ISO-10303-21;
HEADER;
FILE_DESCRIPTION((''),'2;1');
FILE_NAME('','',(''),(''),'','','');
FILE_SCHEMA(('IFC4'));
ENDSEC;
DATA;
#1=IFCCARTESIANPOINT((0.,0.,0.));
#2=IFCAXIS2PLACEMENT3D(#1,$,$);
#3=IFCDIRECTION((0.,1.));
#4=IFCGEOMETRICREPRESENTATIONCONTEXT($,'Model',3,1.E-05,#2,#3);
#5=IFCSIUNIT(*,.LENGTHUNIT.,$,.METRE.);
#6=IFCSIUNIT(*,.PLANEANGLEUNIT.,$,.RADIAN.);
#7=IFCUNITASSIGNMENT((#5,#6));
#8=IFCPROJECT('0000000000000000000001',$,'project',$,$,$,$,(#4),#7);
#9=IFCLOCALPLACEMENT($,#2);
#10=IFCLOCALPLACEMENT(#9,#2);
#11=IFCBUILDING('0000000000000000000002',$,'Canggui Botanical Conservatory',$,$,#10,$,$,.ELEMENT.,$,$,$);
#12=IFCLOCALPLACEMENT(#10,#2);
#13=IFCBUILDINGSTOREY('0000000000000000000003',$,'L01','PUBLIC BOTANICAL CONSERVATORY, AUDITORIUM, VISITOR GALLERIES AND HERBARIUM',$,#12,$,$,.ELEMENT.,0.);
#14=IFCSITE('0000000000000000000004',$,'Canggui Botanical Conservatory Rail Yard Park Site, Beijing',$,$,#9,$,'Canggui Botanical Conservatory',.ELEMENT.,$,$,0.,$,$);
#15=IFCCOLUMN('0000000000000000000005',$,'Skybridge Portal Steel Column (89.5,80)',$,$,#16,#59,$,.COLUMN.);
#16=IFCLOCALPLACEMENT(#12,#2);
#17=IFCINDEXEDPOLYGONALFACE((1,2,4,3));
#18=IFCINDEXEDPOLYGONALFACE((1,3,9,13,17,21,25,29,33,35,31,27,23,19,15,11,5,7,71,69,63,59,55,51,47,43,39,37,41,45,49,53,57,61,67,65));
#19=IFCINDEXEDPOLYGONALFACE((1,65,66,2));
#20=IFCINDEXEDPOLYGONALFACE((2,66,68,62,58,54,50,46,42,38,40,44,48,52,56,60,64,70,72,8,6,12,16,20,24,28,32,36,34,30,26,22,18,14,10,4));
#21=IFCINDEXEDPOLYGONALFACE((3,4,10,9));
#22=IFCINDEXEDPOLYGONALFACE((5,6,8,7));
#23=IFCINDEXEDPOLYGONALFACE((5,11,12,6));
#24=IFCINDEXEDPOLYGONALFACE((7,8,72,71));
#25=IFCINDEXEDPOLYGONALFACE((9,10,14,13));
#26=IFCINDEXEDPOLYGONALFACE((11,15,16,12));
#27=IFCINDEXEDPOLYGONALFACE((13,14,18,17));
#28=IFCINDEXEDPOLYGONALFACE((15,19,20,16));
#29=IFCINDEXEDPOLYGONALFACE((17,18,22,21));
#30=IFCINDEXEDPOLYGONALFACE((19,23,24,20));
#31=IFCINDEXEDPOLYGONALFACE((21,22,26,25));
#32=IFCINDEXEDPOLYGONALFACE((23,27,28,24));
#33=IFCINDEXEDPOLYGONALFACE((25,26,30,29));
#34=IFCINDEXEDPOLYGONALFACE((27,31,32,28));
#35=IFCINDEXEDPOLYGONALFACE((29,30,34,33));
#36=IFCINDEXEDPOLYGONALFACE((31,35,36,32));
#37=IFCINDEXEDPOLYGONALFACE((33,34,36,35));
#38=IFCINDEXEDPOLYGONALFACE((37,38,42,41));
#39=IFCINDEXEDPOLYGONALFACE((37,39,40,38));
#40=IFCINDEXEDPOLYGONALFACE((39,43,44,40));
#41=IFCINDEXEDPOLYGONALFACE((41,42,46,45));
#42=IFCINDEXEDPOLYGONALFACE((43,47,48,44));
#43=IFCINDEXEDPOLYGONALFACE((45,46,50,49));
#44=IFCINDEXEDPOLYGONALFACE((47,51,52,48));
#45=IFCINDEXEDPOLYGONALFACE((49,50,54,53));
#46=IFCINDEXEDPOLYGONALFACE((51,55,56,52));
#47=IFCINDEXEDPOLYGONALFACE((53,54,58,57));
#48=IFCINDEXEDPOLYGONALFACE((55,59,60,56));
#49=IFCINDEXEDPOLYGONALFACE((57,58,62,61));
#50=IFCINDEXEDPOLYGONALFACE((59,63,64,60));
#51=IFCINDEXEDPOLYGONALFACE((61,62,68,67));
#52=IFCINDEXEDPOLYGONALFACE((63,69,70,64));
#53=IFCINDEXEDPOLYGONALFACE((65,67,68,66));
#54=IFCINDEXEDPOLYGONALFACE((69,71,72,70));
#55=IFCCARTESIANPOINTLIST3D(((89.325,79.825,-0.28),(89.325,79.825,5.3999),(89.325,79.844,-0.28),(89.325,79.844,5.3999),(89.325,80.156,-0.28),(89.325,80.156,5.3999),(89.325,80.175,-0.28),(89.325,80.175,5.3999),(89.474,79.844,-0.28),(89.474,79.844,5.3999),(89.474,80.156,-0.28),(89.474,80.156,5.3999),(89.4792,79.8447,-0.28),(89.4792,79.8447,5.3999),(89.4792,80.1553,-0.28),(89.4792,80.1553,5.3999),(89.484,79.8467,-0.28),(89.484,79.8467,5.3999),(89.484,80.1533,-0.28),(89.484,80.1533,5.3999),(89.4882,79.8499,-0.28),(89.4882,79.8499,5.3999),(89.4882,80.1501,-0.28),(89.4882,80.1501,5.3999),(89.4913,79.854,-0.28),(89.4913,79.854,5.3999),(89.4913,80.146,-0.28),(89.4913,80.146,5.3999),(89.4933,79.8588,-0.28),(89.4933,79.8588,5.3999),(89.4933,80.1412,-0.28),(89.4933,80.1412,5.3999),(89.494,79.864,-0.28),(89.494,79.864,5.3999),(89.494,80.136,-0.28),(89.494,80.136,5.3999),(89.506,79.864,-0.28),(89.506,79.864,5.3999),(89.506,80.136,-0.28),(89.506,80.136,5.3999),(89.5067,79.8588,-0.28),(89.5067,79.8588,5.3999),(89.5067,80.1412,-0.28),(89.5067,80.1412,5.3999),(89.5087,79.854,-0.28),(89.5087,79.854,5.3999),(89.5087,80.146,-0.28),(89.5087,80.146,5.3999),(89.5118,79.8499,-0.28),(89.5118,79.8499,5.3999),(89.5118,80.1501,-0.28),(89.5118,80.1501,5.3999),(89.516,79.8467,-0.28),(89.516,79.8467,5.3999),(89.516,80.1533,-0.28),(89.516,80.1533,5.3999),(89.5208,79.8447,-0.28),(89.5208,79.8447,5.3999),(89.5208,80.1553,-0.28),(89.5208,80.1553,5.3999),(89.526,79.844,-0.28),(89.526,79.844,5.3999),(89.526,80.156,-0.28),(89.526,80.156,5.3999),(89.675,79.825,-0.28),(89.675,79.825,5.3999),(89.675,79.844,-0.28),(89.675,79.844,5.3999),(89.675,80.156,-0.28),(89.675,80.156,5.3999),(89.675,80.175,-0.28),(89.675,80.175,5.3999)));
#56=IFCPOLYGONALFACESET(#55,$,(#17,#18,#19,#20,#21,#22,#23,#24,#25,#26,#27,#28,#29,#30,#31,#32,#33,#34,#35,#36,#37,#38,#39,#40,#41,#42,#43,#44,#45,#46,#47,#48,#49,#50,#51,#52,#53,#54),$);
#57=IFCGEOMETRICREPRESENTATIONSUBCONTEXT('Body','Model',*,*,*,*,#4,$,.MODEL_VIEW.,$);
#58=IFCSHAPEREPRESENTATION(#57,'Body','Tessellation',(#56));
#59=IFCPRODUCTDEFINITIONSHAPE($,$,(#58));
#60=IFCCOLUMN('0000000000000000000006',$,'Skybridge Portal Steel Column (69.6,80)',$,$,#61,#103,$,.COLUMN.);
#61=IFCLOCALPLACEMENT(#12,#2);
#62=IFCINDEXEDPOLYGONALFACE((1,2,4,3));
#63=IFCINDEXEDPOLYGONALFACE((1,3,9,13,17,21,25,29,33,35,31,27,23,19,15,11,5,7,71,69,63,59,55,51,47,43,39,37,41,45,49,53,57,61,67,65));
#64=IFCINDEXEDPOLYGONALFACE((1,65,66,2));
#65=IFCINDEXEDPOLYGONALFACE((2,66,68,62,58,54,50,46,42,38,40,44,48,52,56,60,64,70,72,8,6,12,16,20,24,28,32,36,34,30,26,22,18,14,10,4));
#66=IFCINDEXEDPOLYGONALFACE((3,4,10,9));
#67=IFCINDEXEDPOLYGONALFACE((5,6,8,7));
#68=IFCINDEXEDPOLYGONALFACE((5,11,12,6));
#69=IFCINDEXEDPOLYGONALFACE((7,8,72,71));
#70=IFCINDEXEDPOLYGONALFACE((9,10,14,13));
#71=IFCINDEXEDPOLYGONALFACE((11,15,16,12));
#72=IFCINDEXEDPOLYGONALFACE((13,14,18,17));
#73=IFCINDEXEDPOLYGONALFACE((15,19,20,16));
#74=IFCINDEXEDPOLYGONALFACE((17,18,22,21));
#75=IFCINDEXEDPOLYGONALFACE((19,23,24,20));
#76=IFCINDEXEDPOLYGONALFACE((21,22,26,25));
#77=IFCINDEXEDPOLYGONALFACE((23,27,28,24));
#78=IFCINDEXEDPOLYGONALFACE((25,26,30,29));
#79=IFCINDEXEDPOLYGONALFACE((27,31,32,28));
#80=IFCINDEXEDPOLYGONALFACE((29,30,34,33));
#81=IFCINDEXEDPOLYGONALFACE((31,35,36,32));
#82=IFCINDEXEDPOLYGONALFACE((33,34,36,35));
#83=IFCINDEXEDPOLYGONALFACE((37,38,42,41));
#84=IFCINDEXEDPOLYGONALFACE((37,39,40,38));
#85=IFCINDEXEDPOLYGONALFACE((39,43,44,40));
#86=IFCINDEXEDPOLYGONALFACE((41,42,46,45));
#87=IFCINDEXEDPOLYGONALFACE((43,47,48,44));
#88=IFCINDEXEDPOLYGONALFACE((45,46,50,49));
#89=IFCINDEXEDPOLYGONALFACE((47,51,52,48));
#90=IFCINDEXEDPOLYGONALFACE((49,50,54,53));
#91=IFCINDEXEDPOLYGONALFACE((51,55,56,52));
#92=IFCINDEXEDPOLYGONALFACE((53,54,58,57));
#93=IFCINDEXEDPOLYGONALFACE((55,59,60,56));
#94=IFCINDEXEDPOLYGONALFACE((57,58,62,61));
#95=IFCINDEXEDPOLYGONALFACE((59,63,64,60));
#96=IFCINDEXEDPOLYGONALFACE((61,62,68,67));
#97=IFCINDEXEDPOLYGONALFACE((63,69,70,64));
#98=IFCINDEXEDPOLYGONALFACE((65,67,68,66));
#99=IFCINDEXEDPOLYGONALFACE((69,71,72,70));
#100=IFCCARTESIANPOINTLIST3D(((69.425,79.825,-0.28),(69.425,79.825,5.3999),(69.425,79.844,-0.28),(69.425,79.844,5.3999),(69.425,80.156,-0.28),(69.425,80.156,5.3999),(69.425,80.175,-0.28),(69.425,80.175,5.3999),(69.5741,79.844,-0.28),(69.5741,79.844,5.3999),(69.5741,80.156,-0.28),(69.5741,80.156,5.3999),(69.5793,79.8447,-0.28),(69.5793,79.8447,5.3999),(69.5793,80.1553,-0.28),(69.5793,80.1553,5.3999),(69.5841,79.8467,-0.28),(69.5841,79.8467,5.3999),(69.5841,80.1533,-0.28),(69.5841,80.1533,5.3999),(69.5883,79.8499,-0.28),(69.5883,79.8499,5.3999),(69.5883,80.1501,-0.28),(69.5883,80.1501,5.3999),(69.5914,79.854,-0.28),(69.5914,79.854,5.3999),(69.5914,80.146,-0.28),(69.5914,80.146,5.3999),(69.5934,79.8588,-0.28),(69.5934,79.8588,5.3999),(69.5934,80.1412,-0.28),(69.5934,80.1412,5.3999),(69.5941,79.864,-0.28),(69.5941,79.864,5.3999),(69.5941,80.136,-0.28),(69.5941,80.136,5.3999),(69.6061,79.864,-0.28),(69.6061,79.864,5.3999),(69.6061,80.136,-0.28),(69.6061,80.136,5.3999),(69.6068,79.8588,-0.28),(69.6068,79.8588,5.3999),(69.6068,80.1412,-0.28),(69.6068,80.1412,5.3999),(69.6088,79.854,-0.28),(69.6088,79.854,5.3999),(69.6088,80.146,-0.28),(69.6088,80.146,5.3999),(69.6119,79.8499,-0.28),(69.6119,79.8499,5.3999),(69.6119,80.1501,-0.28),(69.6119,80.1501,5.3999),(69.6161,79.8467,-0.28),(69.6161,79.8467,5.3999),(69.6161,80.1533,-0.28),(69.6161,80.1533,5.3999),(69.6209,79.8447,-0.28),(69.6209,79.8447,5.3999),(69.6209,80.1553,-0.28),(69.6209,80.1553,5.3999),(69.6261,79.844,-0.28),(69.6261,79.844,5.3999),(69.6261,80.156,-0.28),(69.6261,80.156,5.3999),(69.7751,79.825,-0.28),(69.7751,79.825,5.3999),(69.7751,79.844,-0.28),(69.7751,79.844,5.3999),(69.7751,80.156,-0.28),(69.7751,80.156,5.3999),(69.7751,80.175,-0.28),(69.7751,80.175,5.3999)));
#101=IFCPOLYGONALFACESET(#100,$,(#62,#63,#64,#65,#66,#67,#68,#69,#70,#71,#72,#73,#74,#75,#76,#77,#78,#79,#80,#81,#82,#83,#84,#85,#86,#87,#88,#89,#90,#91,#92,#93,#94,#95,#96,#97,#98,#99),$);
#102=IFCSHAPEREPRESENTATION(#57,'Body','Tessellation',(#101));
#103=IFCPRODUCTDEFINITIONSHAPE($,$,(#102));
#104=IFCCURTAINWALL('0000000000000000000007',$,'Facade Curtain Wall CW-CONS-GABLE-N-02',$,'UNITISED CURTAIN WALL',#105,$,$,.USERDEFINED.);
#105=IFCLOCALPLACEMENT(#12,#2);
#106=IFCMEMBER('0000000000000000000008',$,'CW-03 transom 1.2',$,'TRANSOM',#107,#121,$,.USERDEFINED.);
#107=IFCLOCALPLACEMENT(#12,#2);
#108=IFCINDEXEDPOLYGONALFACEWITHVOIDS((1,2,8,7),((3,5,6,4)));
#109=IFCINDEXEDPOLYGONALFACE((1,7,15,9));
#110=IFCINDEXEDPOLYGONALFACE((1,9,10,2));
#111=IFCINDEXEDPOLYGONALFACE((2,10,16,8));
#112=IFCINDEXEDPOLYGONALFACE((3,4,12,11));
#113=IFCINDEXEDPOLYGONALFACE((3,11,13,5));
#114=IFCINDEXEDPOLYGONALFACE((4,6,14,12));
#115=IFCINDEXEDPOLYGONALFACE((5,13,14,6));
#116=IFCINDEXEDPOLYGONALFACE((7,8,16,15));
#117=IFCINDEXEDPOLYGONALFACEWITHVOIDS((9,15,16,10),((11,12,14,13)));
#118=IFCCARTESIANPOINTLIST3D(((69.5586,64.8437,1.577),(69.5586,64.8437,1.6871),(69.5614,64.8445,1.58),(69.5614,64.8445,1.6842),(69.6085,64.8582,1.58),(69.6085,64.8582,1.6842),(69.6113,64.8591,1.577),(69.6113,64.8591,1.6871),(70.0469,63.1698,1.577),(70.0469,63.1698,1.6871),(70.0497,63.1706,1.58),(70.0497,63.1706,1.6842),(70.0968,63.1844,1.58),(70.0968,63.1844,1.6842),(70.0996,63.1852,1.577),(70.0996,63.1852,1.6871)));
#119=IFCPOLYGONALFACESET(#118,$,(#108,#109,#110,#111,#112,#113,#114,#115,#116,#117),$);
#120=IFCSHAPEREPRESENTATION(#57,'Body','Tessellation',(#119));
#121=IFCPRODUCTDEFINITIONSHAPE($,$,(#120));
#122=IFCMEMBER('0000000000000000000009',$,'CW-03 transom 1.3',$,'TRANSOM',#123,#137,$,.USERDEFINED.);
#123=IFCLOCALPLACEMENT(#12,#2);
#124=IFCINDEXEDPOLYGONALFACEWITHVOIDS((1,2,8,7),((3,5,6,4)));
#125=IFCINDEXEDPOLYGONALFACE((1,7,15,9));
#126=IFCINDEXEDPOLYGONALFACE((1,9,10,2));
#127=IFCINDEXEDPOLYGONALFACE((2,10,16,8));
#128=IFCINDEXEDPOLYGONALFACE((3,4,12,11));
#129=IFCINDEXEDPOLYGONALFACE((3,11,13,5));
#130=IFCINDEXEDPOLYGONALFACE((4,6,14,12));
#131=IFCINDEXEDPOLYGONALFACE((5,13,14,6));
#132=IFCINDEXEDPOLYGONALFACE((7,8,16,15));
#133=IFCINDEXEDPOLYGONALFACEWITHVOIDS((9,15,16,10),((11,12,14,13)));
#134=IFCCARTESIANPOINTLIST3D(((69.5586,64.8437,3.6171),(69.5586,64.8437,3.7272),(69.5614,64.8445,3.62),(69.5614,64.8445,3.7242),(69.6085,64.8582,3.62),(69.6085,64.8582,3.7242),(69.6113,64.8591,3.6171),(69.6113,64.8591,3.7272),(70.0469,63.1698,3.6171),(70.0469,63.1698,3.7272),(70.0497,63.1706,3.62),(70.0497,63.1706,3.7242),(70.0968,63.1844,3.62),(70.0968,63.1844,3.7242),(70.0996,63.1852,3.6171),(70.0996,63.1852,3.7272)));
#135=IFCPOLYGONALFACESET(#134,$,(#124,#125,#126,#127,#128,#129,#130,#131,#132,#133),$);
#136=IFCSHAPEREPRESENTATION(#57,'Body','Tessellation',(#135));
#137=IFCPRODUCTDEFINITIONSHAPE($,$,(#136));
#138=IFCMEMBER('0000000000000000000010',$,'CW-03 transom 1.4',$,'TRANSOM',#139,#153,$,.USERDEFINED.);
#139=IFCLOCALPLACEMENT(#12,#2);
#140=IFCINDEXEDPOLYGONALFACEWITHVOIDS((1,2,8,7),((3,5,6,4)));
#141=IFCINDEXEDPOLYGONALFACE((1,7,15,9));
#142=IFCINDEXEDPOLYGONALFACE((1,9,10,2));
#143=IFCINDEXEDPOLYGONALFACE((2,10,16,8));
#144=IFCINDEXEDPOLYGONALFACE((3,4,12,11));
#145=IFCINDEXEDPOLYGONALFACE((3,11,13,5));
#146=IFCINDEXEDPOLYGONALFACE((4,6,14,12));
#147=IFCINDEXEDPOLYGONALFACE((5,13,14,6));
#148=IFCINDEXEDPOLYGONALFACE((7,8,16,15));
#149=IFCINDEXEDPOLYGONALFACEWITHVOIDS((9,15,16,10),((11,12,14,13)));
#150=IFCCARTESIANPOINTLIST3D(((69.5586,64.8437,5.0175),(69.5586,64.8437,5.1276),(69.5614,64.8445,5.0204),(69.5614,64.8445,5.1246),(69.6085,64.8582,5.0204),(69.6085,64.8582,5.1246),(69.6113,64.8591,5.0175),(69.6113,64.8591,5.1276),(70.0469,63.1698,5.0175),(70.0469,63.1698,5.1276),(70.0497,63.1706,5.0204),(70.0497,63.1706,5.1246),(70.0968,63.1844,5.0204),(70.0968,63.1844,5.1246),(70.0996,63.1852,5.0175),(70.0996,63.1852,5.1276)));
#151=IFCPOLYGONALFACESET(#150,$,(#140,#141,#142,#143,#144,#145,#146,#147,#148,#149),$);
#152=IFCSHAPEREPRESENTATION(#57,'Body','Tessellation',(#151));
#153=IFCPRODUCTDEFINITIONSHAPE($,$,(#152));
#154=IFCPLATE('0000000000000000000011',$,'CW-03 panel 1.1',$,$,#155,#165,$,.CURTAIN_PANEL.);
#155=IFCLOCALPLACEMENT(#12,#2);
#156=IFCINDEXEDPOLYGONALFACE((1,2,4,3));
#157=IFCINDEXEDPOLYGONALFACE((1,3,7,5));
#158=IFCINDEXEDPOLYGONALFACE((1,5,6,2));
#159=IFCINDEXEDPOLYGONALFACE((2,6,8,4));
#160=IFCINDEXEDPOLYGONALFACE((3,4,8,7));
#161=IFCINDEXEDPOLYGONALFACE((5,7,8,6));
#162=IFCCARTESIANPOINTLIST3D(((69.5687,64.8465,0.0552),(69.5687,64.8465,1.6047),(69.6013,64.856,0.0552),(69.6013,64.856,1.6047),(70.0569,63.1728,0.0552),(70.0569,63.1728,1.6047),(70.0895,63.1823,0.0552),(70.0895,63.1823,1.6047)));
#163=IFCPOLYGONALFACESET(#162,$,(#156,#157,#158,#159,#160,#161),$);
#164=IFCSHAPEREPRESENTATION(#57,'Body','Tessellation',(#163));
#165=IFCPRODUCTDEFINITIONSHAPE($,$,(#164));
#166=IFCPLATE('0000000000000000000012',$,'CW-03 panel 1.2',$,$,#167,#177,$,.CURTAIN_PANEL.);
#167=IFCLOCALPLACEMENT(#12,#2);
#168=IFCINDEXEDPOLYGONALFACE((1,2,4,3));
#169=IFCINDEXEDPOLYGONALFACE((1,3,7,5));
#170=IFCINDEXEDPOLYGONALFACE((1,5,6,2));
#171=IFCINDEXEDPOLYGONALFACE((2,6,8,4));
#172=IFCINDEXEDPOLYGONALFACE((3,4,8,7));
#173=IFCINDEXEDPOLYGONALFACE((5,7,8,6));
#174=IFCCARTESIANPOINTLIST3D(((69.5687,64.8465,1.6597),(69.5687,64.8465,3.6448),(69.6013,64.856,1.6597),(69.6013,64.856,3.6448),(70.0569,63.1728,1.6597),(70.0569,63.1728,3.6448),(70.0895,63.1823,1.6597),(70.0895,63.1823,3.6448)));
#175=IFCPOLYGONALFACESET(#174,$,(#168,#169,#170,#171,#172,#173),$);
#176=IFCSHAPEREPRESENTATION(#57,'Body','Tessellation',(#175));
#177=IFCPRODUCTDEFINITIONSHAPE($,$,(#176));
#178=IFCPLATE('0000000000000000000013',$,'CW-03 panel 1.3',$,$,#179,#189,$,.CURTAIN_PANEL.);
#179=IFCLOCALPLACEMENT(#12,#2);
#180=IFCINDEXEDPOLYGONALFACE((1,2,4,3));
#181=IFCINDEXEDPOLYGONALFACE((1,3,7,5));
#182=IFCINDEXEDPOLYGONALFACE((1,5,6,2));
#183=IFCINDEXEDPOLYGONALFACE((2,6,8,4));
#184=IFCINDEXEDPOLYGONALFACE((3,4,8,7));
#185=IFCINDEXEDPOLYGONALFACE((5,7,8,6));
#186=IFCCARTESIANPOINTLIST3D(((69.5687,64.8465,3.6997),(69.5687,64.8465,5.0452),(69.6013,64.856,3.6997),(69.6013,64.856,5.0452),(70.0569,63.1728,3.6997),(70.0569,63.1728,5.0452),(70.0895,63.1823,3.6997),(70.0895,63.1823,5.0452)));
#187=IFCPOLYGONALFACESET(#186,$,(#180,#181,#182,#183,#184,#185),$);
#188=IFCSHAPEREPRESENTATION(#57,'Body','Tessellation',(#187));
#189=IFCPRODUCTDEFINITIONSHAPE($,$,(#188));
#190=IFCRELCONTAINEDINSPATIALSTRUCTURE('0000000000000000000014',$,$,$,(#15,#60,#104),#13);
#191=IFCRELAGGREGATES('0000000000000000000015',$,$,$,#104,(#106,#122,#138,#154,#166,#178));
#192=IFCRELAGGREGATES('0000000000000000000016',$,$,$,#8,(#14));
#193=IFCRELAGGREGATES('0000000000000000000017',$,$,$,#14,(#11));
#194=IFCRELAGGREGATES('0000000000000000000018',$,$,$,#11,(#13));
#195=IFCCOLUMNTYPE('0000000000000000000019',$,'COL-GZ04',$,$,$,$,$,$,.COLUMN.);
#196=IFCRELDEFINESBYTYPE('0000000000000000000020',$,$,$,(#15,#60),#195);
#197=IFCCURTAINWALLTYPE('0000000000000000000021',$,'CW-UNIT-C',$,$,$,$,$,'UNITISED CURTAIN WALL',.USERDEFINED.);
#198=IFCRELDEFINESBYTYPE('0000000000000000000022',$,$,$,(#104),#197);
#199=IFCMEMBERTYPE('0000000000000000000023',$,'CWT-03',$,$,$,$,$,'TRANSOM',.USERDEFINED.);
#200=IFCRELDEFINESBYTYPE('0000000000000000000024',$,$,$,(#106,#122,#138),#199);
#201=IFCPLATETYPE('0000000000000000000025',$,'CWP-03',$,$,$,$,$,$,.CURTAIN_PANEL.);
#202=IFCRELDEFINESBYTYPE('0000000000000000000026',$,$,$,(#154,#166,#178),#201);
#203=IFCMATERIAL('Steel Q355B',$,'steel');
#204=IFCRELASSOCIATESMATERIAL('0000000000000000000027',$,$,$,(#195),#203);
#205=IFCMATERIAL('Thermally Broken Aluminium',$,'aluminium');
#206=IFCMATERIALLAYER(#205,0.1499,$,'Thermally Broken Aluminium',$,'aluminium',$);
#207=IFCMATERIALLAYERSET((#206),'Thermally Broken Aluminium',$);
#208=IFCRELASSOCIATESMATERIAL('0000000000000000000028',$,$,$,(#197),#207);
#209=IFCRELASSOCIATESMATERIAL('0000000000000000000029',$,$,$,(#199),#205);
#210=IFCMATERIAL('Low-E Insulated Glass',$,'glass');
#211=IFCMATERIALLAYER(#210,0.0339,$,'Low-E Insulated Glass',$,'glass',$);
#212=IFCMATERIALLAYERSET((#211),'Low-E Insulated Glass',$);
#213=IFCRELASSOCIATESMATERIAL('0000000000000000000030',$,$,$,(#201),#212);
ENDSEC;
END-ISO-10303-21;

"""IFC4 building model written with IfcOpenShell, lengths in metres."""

from ifc_helpers import new_model, si_unit, direction, frame, origin, origin_2d, place, context, subcontext, project, spatial, rectangle, hollow_rectangle, i_section, extrude, material, layer, layer_set, material_profile, profile_set, type_object, element, aggregate, save


model = new_model("IFC4")

# Units and contexts
model_context = context("Model", 3, precision=1e-05, world=origin(), true_north=direction((0.0, 1.0)))
body_context = subcontext(model_context, "Body", "Model", "MODEL_VIEW")
ifc_project = project(units=[si_unit("LENGTHUNIT", "METRE"), si_unit("PLANEANGLEUNIT", "RADIAN")], contexts=[model_context])

# Site, building, storey
site_placement = place(None, origin())
site = spatial("IfcSite", under=ifc_project, at=site_placement, Name="Canggui Botanical Conservatory Rail Yard Park Site, Beijing", LongName="Canggui Botanical Conservatory", CompositionType="ELEMENT", RefElevation=0.0)
building_placement = place(site_placement, origin())
building = spatial("IfcBuilding", under=site, at=building_placement, Name="Canggui Botanical Conservatory", CompositionType="ELEMENT")
storey_placement = place(building_placement, origin())
storey = spatial("IfcBuildingStorey", under=building, at=storey_placement, Name="L01", Description="PUBLIC BOTANICAL CONSERVATORY, AUDITORIUM, VISITOR GALLERIES AND HERBARIUM", CompositionType="ELEMENT", Elevation=0.0)

# Columns
ifc_material_1 = material(Name="Steel Q355B", Category="steel")
ifc_material_profile_1 = material_profile(ifc_material_1, i_section(OverallWidth=0.3501, OverallDepth=0.3501, WebThickness=0.012, FlangeThickness=0.019, FilletRadius=0.02, at=origin_2d()), Name="HW 350x350x12x19")
ifc_profile_set_1 = profile_set([ifc_material_profile_1], Name="Steel Q355B")
column_type = type_object("IfcColumnType", Name="COL-GZ04", PredefinedType="COLUMN", material=ifc_profile_set_1)
for number, where, z_axis, x_axis, name in (
    (1, (89.5, 80.0, -0.28), (0.0, 0.0, 1.0), (1.0, 0.0, 0.0), "Skybridge Portal Steel Column (89.5,80)"),
    (2, (69.6001, 80.0, -0.28), (0.0, 0.0, 1.0), (1.0, 0.0, 0.0), "Skybridge Portal Steel Column (69.6,80)"),
):
    element("IfcColumn", number, at=place(storey_placement, frame(where, z_axis=z_axis, x_axis=x_axis)), inside=storey, type_object=column_type, Name=name, PredefinedType="COLUMN", context=body_context, shape_type="SweptSolid", body=[
        extrude(i_section(OverallWidth=0.3501, OverallDepth=0.3501, WebThickness=0.012, FlangeThickness=0.019, FilletRadius=0.02, at=origin_2d()), origin(), (0.0, 0.0, 1.0), 5.6799),
    ])

# Curtain wall, members, plates
ifc_material_2 = material(Name="Thermally Broken Aluminium", Category="aluminium")
ifc_layer_1 = layer(ifc_material_2, 0.1499, Name="Thermally Broken Aluminium", Category="aluminium")
ifc_layer_set_1 = layer_set([ifc_layer_1], Name="Thermally Broken Aluminium")
curtain_wall_type = type_object("IfcCurtainWallType", Name="CW-UNIT-C", ElementType="UNITISED CURTAIN WALL", PredefinedType="USERDEFINED", material=ifc_layer_set_1)
curtain_wall_placement = place(storey_placement, origin())
curtain_wall = element("IfcCurtainWall", 3, at=curtain_wall_placement, inside=storey, type_object=curtain_wall_type, Name="Facade Curtain Wall CW-CONS-GABLE-N-02", ObjectType="UNITISED CURTAIN WALL", PredefinedType="USERDEFINED")
ifc_material_profile_2 = material_profile(ifc_material_2, hollow_rectangle(XDim=0.0549, YDim=0.1101, WallThickness=0.0029, at=origin_2d()), Name="CWT 55x110x3")
ifc_profile_set_2 = profile_set([ifc_material_profile_2], Name="Thermally Broken Aluminium")
member_type = type_object("IfcMemberType", Name="CWT-03", ElementType="TRANSOM", PredefinedType="USERDEFINED", material=ifc_profile_set_2)
member_1_placement = place(storey_placement, frame((70.0732, 63.1775, 1.6321), z_axis=(-0.280043, 0.959987, 0.0), x_axis=(-0.959987, -0.280043, 0.0)))
member_1 = element("IfcMember", 4, at=member_1_placement, type_object=member_type, Name="CW-03 transom 1.2", ObjectType="TRANSOM", PredefinedType="USERDEFINED", context=body_context, shape_type="SweptSolid", body=[
    extrude(hollow_rectangle(XDim=0.0549, YDim=0.1101, WallThickness=0.0029, at=origin_2d()), origin(), (0.0, 0.0, 1.0), 1.7437),
])
member_2_placement = place(storey_placement, frame((70.0732, 63.1775, 3.6721), z_axis=(-0.280043, 0.959987, 0.0), x_axis=(-0.959987, -0.280043, 0.0)))
member_2 = element("IfcMember", 5, at=member_2_placement, type_object=member_type, Name="CW-03 transom 1.3", ObjectType="TRANSOM", PredefinedType="USERDEFINED", context=body_context, shape_type="SweptSolid", body=[
    extrude(hollow_rectangle(XDim=0.0549, YDim=0.1101, WallThickness=0.0029, at=origin_2d()), origin(), (0.0, 0.0, 1.0), 1.7437),
])
member_3_placement = place(storey_placement, frame((70.0732, 63.1775, 5.0725), z_axis=(-0.280043, 0.959987, 0.0), x_axis=(-0.959987, -0.280043, 0.0)))
member_3 = element("IfcMember", 6, at=member_3_placement, type_object=member_type, Name="CW-03 transom 1.4", ObjectType="TRANSOM", PredefinedType="USERDEFINED", context=body_context, shape_type="SweptSolid", body=[
    extrude(hollow_rectangle(XDim=0.0549, YDim=0.1101, WallThickness=0.0029, at=origin_2d()), origin(), (0.0, 0.0, 1.0), 1.7437),
])
ifc_material_3 = material(Name="Low-E Insulated Glass", Category="glass")
ifc_layer_2 = layer(ifc_material_3, 0.0339, Name="Low-E Insulated Glass", Category="glass")
ifc_layer_set_2 = layer_set([ifc_layer_2], Name="Low-E Insulated Glass")
plate_type = type_object("IfcPlateType", Name="CWP-03", PredefinedType="CURTAIN_PANEL", material=ifc_layer_set_2)
plate_1_placement = place(storey_placement, frame((69.8291, 64.0144, 0.0552), z_axis=(0.0, 0.0, 1.0), x_axis=(-0.28, 0.96, 0.0)))
plate_1 = element("IfcPlate", 7, at=plate_1_placement, type_object=plate_type, Name="CW-03 panel 1.1", PredefinedType="CURTAIN_PANEL", context=body_context, shape_type="SweptSolid", body=[
    extrude(rectangle(XDim=1.7434, YDim=0.0339, at=origin_2d()), origin(), (0.0, 0.0, 1.0), 1.5496),
])
plate_2_placement = place(storey_placement, frame((69.8291, 64.0144, 1.6597), z_axis=(0.0, 0.0, 1.0), x_axis=(-0.28, 0.96, 0.0)))
plate_2 = element("IfcPlate", 8, at=plate_2_placement, type_object=plate_type, Name="CW-03 panel 1.2", PredefinedType="CURTAIN_PANEL", context=body_context, shape_type="SweptSolid", body=[
    extrude(rectangle(XDim=1.7434, YDim=0.0339, at=origin_2d()), origin(), (0.0, 0.0, 1.0), 1.9851),
])
plate_3_placement = place(storey_placement, frame((69.8291, 64.0144, 3.6997), z_axis=(0.0, 0.0, 1.0), x_axis=(-0.28, 0.96, 0.0)))
plate_3 = element("IfcPlate", 9, at=plate_3_placement, type_object=plate_type, Name="CW-03 panel 1.3", PredefinedType="CURTAIN_PANEL", context=body_context, shape_type="SweptSolid", body=[
    extrude(rectangle(XDim=1.7434, YDim=0.0339, at=origin_2d()), origin(), (0.0, 0.0, 1.0), 1.3455),
])
aggregate(curtain_wall, [member_1, member_2, member_3, plate_1, plate_2, plate_3])

save(model, "model.ifc")
